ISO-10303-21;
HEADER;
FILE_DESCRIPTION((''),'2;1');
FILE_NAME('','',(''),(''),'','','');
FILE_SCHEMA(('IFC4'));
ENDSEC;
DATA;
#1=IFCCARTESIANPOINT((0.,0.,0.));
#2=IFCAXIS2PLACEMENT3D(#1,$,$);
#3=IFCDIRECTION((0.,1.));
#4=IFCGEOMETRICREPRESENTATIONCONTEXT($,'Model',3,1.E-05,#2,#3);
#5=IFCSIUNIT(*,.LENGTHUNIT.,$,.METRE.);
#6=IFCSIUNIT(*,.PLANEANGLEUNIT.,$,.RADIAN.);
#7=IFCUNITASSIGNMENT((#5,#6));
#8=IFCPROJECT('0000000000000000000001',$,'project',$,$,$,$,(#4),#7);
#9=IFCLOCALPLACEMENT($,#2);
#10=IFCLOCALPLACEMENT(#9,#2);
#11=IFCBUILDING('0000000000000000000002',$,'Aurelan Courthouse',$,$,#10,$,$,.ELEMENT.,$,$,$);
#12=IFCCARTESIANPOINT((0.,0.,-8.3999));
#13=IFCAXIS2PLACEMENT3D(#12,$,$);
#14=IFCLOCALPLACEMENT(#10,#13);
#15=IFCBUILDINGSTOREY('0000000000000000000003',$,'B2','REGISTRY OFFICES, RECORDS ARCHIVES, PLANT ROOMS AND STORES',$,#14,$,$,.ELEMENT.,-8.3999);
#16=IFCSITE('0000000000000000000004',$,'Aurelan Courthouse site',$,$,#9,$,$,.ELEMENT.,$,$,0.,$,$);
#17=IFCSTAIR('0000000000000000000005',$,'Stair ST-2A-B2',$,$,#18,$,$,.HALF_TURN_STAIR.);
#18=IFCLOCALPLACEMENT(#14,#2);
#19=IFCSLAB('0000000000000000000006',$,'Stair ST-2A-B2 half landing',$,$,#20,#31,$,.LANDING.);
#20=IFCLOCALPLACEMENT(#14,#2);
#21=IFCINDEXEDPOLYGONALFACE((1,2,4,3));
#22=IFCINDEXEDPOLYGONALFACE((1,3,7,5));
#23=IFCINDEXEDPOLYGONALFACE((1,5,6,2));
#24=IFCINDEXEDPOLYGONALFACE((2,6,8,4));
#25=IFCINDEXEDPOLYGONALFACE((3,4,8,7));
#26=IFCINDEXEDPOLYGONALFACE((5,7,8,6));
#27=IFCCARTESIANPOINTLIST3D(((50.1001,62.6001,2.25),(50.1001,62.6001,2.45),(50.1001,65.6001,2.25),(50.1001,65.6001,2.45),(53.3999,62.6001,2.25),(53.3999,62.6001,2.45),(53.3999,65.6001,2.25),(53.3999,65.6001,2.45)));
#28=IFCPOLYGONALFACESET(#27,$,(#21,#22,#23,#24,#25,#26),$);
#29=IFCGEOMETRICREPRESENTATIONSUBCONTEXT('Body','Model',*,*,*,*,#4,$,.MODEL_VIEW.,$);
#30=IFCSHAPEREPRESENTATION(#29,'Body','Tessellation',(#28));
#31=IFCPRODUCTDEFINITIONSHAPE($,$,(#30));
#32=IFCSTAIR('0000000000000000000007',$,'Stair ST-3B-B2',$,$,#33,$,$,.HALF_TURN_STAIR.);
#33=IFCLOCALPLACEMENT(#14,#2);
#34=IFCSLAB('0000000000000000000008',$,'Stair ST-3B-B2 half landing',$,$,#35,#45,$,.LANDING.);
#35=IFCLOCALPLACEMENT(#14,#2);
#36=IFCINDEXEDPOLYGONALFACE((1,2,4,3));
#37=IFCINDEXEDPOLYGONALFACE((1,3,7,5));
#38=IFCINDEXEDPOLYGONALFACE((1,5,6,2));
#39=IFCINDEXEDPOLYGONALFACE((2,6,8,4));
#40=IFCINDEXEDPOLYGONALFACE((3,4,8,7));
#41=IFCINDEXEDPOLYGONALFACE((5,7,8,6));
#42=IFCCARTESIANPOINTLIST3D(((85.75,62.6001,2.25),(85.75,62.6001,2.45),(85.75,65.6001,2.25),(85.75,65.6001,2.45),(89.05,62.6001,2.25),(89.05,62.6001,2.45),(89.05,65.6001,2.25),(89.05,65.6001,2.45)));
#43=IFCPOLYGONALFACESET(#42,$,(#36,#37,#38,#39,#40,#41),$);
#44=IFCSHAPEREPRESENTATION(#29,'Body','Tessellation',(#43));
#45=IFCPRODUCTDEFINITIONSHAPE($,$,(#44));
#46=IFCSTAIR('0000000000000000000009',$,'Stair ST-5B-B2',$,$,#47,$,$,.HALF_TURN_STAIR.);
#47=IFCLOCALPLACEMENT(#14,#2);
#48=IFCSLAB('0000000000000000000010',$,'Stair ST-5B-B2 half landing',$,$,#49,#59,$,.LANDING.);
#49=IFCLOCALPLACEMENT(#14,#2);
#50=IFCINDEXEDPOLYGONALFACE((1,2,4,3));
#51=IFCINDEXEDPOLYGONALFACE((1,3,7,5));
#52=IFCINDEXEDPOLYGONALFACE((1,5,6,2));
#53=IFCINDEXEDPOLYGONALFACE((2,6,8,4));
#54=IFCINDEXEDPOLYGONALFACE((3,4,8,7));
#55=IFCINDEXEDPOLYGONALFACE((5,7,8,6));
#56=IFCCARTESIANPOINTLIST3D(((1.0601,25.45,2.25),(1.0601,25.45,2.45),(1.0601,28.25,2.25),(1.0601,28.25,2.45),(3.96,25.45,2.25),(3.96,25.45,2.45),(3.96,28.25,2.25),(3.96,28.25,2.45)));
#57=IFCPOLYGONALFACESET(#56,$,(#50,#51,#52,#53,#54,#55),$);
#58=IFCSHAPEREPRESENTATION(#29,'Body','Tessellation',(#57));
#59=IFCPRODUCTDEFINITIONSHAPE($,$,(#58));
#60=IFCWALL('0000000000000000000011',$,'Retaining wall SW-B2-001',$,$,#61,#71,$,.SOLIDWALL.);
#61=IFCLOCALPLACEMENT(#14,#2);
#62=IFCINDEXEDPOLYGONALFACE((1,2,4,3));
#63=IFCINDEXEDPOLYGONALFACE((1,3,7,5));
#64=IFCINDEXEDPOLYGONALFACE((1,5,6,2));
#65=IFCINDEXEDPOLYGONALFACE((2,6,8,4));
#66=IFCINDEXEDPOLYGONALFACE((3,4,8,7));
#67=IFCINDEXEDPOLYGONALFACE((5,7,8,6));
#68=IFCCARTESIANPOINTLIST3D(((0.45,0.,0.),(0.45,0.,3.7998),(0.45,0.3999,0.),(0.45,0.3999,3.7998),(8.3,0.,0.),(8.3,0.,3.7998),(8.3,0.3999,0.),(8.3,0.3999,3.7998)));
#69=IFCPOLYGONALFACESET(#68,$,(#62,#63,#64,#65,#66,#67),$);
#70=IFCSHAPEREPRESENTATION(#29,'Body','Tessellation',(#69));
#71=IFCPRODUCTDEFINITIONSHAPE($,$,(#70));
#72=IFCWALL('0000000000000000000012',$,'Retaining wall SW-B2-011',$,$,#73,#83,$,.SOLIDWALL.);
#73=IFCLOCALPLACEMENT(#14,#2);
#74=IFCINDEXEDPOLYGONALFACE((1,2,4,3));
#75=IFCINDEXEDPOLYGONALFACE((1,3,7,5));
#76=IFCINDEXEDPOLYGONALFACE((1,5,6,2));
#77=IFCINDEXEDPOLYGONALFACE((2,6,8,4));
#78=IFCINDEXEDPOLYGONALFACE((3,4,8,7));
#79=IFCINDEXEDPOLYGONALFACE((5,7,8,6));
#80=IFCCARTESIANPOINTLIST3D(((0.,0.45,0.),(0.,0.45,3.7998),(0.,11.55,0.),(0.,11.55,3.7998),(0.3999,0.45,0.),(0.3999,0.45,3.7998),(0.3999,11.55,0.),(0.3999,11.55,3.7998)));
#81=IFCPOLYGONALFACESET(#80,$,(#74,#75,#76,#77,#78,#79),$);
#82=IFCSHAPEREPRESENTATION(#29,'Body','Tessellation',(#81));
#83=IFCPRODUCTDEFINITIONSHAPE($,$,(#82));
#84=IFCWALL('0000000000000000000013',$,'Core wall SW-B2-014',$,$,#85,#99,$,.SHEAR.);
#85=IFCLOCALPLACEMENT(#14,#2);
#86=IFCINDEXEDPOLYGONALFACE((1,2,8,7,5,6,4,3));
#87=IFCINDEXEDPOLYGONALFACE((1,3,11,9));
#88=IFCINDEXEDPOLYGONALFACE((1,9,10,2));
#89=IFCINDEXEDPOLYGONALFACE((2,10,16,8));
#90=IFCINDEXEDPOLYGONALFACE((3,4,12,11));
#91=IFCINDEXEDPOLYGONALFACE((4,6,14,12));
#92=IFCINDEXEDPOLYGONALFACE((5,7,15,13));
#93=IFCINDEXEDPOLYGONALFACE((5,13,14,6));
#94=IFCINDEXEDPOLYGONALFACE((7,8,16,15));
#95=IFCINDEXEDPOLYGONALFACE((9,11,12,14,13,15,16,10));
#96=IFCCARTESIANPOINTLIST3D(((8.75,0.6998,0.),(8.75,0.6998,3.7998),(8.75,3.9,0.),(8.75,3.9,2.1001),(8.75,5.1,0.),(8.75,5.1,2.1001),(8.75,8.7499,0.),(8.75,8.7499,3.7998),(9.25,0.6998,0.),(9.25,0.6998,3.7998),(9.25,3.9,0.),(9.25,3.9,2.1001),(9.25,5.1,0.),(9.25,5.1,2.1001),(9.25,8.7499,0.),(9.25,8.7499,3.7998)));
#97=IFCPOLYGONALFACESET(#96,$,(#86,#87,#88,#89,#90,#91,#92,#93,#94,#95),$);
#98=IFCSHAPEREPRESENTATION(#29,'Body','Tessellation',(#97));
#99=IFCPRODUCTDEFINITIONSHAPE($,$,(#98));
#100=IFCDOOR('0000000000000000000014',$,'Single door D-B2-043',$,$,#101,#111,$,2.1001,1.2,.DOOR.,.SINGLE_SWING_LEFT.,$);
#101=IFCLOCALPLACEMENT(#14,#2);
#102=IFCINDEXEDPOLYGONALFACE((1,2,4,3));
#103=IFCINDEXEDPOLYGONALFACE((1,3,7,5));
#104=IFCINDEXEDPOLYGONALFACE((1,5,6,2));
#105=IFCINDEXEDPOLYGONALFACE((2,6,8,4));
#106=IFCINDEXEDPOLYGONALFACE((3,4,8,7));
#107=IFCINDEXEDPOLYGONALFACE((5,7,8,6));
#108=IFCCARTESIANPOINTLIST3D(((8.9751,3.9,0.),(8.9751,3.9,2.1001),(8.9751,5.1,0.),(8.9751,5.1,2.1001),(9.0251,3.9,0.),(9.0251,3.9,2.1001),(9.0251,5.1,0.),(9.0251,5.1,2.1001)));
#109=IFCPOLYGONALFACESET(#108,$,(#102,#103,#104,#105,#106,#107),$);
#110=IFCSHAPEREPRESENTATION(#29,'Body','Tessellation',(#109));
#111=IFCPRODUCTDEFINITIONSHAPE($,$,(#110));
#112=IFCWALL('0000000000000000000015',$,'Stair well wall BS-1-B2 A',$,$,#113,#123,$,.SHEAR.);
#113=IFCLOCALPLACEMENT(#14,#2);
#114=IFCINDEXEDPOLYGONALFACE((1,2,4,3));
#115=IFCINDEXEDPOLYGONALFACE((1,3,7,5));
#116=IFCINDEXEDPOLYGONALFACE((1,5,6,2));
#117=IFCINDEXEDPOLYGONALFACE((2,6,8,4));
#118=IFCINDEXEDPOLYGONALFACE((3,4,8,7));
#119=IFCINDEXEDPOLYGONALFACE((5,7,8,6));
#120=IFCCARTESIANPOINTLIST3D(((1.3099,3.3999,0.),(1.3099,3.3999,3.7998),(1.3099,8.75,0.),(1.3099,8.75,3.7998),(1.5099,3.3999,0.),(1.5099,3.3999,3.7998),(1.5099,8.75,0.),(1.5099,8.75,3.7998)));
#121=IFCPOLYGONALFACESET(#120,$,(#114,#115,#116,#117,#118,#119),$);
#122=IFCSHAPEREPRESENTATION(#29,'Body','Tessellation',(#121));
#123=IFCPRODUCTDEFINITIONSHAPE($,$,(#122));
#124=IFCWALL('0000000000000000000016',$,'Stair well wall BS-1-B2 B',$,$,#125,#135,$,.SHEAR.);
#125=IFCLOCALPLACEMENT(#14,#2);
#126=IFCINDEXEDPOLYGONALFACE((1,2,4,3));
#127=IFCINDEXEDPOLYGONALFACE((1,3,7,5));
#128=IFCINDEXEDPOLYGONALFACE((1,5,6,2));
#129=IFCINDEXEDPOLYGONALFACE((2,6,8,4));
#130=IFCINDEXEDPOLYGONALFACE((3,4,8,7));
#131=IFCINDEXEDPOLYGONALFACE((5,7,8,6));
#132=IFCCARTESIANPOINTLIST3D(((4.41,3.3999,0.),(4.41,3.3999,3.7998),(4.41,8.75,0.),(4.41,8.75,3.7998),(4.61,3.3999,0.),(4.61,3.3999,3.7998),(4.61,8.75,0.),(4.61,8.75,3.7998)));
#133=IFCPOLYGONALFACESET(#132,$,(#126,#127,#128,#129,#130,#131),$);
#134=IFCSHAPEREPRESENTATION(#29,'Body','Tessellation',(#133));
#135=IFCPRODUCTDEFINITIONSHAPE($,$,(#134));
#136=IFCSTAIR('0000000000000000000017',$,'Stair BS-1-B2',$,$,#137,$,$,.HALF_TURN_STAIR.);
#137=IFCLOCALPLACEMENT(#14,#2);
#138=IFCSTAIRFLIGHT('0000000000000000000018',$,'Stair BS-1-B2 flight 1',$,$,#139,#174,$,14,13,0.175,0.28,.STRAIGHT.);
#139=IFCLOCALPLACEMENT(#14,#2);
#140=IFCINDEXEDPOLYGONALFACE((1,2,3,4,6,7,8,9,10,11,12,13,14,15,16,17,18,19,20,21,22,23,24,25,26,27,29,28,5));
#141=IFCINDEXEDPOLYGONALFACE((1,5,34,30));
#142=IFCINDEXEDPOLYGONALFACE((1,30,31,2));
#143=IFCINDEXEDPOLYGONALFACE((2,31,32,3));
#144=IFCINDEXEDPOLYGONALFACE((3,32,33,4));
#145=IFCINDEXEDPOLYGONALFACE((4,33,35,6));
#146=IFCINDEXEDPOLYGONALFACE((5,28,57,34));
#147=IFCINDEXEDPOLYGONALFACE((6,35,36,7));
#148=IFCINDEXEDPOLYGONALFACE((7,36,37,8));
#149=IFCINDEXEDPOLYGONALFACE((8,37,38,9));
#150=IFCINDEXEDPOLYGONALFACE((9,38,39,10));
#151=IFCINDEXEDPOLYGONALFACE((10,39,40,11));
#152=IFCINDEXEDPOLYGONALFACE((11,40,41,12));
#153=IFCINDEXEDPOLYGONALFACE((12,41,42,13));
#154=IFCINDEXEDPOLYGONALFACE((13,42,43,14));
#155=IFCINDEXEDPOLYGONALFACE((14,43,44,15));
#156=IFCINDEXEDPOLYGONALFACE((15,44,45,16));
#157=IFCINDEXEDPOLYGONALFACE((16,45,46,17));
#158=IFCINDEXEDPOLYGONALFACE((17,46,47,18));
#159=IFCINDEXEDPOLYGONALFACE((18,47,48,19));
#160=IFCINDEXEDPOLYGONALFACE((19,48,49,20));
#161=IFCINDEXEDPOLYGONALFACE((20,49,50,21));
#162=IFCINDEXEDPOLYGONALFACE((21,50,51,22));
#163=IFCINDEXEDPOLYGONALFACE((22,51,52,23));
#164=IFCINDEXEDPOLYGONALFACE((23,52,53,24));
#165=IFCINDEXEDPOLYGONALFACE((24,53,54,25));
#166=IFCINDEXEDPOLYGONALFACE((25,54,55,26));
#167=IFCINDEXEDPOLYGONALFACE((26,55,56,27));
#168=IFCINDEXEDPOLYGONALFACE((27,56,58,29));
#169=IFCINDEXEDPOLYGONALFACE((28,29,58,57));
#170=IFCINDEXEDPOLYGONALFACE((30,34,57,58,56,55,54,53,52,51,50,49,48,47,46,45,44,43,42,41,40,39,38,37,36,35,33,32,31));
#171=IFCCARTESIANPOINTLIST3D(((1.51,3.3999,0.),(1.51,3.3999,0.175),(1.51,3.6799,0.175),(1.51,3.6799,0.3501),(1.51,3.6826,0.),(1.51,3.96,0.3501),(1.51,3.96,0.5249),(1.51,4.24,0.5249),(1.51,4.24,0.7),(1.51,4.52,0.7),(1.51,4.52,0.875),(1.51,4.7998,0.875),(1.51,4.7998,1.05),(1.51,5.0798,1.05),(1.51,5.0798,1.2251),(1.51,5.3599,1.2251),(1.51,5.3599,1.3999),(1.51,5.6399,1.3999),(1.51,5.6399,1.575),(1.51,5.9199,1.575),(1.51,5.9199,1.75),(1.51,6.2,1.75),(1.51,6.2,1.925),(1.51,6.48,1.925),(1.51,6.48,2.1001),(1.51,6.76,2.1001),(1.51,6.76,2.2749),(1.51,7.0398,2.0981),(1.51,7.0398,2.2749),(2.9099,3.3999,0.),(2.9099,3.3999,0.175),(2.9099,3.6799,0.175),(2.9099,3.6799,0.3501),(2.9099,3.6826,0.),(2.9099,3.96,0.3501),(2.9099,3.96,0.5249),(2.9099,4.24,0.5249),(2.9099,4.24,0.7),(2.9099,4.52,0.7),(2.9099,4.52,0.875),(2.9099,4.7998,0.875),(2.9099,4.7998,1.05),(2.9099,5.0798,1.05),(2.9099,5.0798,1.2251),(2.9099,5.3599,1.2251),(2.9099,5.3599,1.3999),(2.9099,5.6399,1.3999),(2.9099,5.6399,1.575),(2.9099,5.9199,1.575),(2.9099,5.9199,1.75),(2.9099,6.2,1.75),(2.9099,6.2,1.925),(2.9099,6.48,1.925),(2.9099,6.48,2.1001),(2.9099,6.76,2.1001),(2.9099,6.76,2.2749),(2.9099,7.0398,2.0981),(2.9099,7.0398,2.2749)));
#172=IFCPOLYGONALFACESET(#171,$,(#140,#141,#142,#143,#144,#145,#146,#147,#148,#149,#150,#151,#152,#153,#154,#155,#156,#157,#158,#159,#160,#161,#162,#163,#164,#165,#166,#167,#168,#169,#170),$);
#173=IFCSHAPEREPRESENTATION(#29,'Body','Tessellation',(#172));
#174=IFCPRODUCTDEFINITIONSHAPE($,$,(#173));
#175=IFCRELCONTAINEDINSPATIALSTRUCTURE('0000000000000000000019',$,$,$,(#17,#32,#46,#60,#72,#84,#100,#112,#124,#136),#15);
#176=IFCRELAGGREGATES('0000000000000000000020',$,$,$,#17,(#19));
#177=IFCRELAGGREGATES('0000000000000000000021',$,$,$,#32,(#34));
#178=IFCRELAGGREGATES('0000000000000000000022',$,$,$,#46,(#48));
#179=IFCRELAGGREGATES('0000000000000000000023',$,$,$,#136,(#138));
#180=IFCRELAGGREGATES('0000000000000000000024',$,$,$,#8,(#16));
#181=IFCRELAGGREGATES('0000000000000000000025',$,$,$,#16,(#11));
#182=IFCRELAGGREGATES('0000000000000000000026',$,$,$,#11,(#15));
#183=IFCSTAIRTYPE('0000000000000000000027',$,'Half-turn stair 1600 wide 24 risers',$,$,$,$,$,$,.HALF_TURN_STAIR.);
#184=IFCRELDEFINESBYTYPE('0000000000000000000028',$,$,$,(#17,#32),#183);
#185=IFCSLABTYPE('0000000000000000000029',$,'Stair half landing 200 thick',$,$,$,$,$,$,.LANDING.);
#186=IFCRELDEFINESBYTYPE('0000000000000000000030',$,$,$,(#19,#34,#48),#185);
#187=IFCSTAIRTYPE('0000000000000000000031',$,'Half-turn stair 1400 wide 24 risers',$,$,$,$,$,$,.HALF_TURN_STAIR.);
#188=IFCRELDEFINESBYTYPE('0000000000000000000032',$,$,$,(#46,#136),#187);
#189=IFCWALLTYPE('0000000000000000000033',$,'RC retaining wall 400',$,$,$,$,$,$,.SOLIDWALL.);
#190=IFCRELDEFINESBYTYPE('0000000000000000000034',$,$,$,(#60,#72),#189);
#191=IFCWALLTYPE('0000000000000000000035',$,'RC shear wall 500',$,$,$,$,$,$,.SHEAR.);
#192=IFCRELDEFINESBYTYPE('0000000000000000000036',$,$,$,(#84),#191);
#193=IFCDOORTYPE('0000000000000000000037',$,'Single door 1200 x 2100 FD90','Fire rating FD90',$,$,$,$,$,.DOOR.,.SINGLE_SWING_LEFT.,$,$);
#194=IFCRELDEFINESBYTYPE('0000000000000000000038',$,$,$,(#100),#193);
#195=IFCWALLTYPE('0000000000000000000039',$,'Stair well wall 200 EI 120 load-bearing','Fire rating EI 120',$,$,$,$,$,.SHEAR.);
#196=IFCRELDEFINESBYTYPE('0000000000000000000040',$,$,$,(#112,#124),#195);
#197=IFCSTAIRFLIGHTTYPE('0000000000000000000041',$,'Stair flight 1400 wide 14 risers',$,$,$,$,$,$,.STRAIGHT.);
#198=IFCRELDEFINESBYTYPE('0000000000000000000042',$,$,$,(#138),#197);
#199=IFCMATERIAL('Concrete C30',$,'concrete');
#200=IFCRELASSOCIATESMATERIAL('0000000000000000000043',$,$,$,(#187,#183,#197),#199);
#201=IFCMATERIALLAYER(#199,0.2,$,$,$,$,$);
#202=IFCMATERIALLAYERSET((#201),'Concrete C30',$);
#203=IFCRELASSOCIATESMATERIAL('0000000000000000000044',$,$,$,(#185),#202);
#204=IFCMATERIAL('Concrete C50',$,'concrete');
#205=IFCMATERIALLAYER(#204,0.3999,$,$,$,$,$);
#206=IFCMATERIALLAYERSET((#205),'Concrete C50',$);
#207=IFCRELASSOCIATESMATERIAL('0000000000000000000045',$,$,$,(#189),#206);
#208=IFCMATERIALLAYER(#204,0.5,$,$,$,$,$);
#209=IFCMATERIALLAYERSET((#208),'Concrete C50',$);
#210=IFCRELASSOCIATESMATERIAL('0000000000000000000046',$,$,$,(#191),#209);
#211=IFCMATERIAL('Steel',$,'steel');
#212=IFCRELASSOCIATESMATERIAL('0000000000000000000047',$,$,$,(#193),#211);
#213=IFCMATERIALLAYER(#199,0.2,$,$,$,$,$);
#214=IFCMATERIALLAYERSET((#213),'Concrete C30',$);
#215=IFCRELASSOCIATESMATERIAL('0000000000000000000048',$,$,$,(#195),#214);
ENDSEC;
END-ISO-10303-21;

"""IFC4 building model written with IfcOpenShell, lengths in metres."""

from ifc_helpers import new_model, si_unit, direction, frame, frame_2d, origin, place, context, subcontext, project, spatial, polyline, rectangle, outline, extrude, material, layer, layer_set, type_object, element, fill, aggregate, save


model = new_model("IFC4")

# Units and contexts
model_context = context("Model", 3, precision=1e-05, world=origin(), true_north=direction((0.0, 1.0)))
body_context = subcontext(model_context, "Body", "Model", "MODEL_VIEW")
ifc_project = project(units=[si_unit("LENGTHUNIT", "METRE"), si_unit("PLANEANGLEUNIT", "RADIAN")], contexts=[model_context])

# Site, building, storey
site_placement = place(None, origin())
site = spatial("IfcSite", under=ifc_project, at=site_placement, Name="Aurelan Courthouse site", CompositionType="ELEMENT", RefElevation=0.0)
building_placement = place(site_placement, origin())
building = spatial("IfcBuilding", under=site, at=building_placement, Name="Aurelan Courthouse", CompositionType="ELEMENT")
storey_placement = place(building_placement, frame((0.0, 0.0, -8.3999)))
storey = spatial("IfcBuildingStorey", under=building, at=storey_placement, Name="B2", Description="REGISTRY OFFICES, RECORDS ARCHIVES, PLANT ROOMS AND STORES", CompositionType="ELEMENT", Elevation=-8.3999)

# Shared definitions
ifc_material_1 = material(Name="Concrete C50", Category="concrete")

# Stairs, slabs
ifc_material_2 = material(Name="Concrete C30", Category="concrete")
stair_type_1 = type_object("IfcStairType", Name="Half-turn stair 1400 wide 24 risers", PredefinedType="HALF_TURN_STAIR", material=ifc_material_2)
ifc_layer_1 = layer(ifc_material_2, 0.2)
ifc_layer_set_1 = layer_set([ifc_layer_1], Name="Concrete C30")
slab_type = type_object("IfcSlabType", Name="Stair half landing 200 thick", PredefinedType="LANDING", material=ifc_layer_set_1)
stair_type_2 = type_object("IfcStairType", Name="Half-turn stair 1600 wide 24 risers", PredefinedType="HALF_TURN_STAIR", material=ifc_material_2)
stair_1_placement = place(storey_placement, origin())
stair_1 = element("IfcStair", 1, at=stair_1_placement, inside=storey, type_object=stair_type_2, Name="Stair ST-2A-B2", PredefinedType="HALF_TURN_STAIR")
slab_1_placement = place(storey_placement, frame((0.0, 0.0, 2.25)))
slab_1 = element("IfcSlab", 2, at=slab_1_placement, type_object=slab_type, Name="Stair ST-2A-B2 half landing", PredefinedType="LANDING", context=body_context, shape_type="SweptSolid", body=[
    extrude(outline(polyline([(50.1001, 65.6001), (53.3999, 65.6001), (53.3999, 62.6001), (50.1001, 62.6001), (50.1001, 65.6001)])), origin(), (0.0, 0.0, 1.0), 0.2),
])
aggregate(stair_1, [slab_1])
stair_2_placement = place(storey_placement, origin())
stair_2 = element("IfcStair", 3, at=stair_2_placement, inside=storey, type_object=stair_type_2, Name="Stair ST-3B-B2", PredefinedType="HALF_TURN_STAIR")
slab_2_placement = place(storey_placement, frame((0.0, 0.0, 2.25)))
slab_2 = element("IfcSlab", 4, at=slab_2_placement, type_object=slab_type, Name="Stair ST-3B-B2 half landing", PredefinedType="LANDING", context=body_context, shape_type="SweptSolid", body=[
    extrude(outline(polyline([(85.75, 65.6001), (89.05, 65.6001), (89.05, 62.6001), (85.75, 62.6001), (85.75, 65.6001)])), origin(), (0.0, 0.0, 1.0), 0.2),
])
aggregate(stair_2, [slab_2])
stair_3_placement = place(storey_placement, origin())
stair_3 = element("IfcStair", 5, at=stair_3_placement, inside=storey, type_object=stair_type_1, Name="Stair ST-5B-B2", PredefinedType="HALF_TURN_STAIR")
slab_3_placement = place(storey_placement, frame((0.0, 0.0, 2.25)))
slab_3 = element("IfcSlab", 6, at=slab_3_placement, type_object=slab_type, Name="Stair ST-5B-B2 half landing", PredefinedType="LANDING", context=body_context, shape_type="SweptSolid", body=[
    extrude(outline(polyline([(1.0601, 28.25), (3.96, 28.25), (3.96, 25.45), (1.0601, 25.45), (1.0601, 28.25)])), origin(), (0.0, 0.0, 1.0), 0.2),
])
aggregate(stair_3, [slab_3])

# Walls
ifc_layer_2 = layer(ifc_material_1, 0.3999)
ifc_layer_set_2 = layer_set([ifc_layer_2], Name="Concrete C50")
wall_type_1 = type_object("IfcWallType", Name="RC retaining wall 400", PredefinedType="SOLIDWALL", material=ifc_layer_set_2)
wall_1_placement = place(storey_placement, frame((0.45, 0.2, 0.0), z_axis=(0.0, 0.0, 1.0), x_axis=(1.0, 0.0, 0.0)))
element("IfcWall", 7, at=wall_1_placement, inside=storey, type_object=wall_type_1, Name="Retaining wall SW-B2-001", PredefinedType="SOLIDWALL", context=body_context, shape_type="SweptSolid", body=[
    extrude(rectangle(XDim=7.8501, YDim=0.3999, at=frame_2d((3.925, 0.0))), origin(), (0.0, 0.0, 1.0), 3.7998),
])
wall_2_placement = place(storey_placement, frame((0.2, 0.45, 0.0), z_axis=(0.0, 0.0, 1.0), x_axis=(0.0, 1.0, 0.0)))
element("IfcWall", 8, at=wall_2_placement, inside=storey, type_object=wall_type_1, Name="Retaining wall SW-B2-011", PredefinedType="SOLIDWALL", context=body_context, shape_type="SweptSolid", body=[
    extrude(rectangle(XDim=11.1001, YDim=0.3999, at=frame_2d((5.55, 0.0))), origin(), (0.0, 0.0, 1.0), 3.7998),
])

# Wall, opening, door
ifc_layer_3 = layer(ifc_material_1, 0.5)
ifc_layer_set_3 = layer_set([ifc_layer_3], Name="Concrete C50")
wall_type_2 = type_object("IfcWallType", Name="RC shear wall 500", PredefinedType="SHEAR", material=ifc_layer_set_3)
wall_3_placement = place(storey_placement, frame((9.0, 0.7, 0.0), z_axis=(0.0, 0.0, 1.0), x_axis=(0.0, 1.0, 0.0)))
wall_3 = element("IfcWall", 9, at=wall_3_placement, inside=storey, type_object=wall_type_2, Name="Core wall SW-B2-014", PredefinedType="SHEAR", context=body_context, shape_type="SweptSolid", body=[
    extrude(rectangle(XDim=8.05, YDim=0.5, at=frame_2d((4.0249, 0.0))), origin(), (0.0, 0.0, 1.0), 3.7998),
])
opening_placement = place(wall_3_placement, frame((3.2, 0.0, 0.0)))
opening = element("IfcOpeningElement", 10, at=opening_placement, cuts=wall_3, PredefinedType="OPENING", context=body_context, shape_type="SweptSolid", body=[
    extrude(rectangle(XDim=1.2, YDim=2.1001, at=frame_2d((0.6001, 1.05))), frame((0.0, 0.26, 0.0), z_axis=(0.0, -1.0, 0.0), x_axis=(1.0, 0.0, 0.0)), (0.0, 0.0, 1.0), 0.52),
])
ifc_material_3 = material(Name="Steel", Category="steel")
door_type = type_object("IfcDoorType", Name="Single door 1200 x 2100 FD90", Description="Fire rating FD90", OperationType="SINGLE_SWING_LEFT", PredefinedType="DOOR", material=ifc_material_3)
door_placement = place(opening_placement, origin())
door = element("IfcDoor", 11, at=door_placement, inside=storey, type_object=door_type, Name="Single door D-B2-043", OperationType="SINGLE_SWING_LEFT", OverallHeight=2.1001, OverallWidth=1.2, PredefinedType="DOOR", context=body_context, shape_type="SweptSolid", body=[
    extrude(rectangle(XDim=1.2, YDim=2.1001, at=frame_2d((0.6001, 1.05))), frame((0.0, 0.0249, 0.0), z_axis=(0.0, -1.0, 0.0), x_axis=(1.0, 0.0, 0.0)), (0.0, 0.0, 1.0), 0.05),
])
fill(opening, door)

# Walls
ifc_layer_4 = layer(ifc_material_2, 0.2)
ifc_layer_set_4 = layer_set([ifc_layer_4], Name="Concrete C30")
wall_type_3 = type_object("IfcWallType", Name="Stair well wall 200 EI 120 load-bearing", Description="Fire rating EI 120", PredefinedType="SHEAR", material=ifc_layer_set_4)
for number, where, z_axis, x_axis, name in (
    (12, (1.4099, 3.3999, 0.0), (0.0, 0.0, 1.0), (0.0, 1.0, 0.0), "Stair well wall BS-1-B2 A"),
    (13, (4.51, 3.3999, 0.0), (0.0, 0.0, 1.0), (0.0, 1.0, 0.0), "Stair well wall BS-1-B2 B"),
):
    element("IfcWall", number, at=place(storey_placement, frame(where, z_axis=z_axis, x_axis=x_axis)), inside=storey, type_object=wall_type_3, Name=name, PredefinedType="SHEAR", context=body_context, shape_type="SweptSolid", body=[
        extrude(rectangle(XDim=5.3501, YDim=0.2, at=frame_2d((2.675, 0.0))), origin(), (0.0, 0.0, 1.0), 3.7998),
    ])

# Stair, stair flight
stair_4_placement = place(storey_placement, origin())
stair_4 = element("IfcStair", 14, at=stair_4_placement, inside=storey, type_object=stair_type_1, Name="Stair BS-1-B2", PredefinedType="HALF_TURN_STAIR")
stair_flight_type = type_object("IfcStairFlightType", Name="Stair flight 1400 wide 14 risers", PredefinedType="STRAIGHT", material=ifc_material_2)
stair_flight_placement = place(storey_placement, frame((2.21, 3.3999, 0.0), z_axis=(0.0, 0.0, 1.0), x_axis=(0.0, 1.0, 0.0)))
stair_flight = element("IfcStairFlight", 15, at=stair_flight_placement, type_object=stair_flight_type, Name="Stair BS-1-B2 flight 1", NumberOfRisers=14, NumberOfTreads=13, PredefinedType="STRAIGHT", RiserHeight=0.175, TreadLength=0.28, context=body_context, shape_type="SweptSolid", body=[
    extrude(outline(polyline([(0.0, 0.0), (0.0, 0.175), (0.28, 0.175), (0.28, 0.3501), (0.5601, 0.3501), (0.5601, 0.5249), (0.8401, 0.5249), (0.8401, 0.7), (1.1201, 0.7), (1.1201, 0.875), (1.3999, 0.875), (1.3999, 1.05), (1.6799, 1.05), (1.6799, 1.2251), (1.96, 1.2251), (1.96, 1.3999), (2.24, 1.3999), (2.24, 1.575), (2.52, 1.575), (2.52, 1.75), (2.8, 1.75), (2.8, 1.925), (3.0801, 1.925), (3.0801, 2.1001), (3.3601, 2.1001), (3.3601, 2.2749), (3.6399, 2.2749), (3.6399, 2.45), (3.6399, 2.0981), (0.2827, 0.0), (0.0, 0.0)])), frame((0.0, 0.7, 0.0), z_axis=(0.0, -1.0, 0.0), x_axis=(1.0, 0.0, 0.0)), (0.0, 0.0, 1.0), 1.3999),
])
aggregate(stair_4, [stair_flight])

save(model, "model.ifc")
